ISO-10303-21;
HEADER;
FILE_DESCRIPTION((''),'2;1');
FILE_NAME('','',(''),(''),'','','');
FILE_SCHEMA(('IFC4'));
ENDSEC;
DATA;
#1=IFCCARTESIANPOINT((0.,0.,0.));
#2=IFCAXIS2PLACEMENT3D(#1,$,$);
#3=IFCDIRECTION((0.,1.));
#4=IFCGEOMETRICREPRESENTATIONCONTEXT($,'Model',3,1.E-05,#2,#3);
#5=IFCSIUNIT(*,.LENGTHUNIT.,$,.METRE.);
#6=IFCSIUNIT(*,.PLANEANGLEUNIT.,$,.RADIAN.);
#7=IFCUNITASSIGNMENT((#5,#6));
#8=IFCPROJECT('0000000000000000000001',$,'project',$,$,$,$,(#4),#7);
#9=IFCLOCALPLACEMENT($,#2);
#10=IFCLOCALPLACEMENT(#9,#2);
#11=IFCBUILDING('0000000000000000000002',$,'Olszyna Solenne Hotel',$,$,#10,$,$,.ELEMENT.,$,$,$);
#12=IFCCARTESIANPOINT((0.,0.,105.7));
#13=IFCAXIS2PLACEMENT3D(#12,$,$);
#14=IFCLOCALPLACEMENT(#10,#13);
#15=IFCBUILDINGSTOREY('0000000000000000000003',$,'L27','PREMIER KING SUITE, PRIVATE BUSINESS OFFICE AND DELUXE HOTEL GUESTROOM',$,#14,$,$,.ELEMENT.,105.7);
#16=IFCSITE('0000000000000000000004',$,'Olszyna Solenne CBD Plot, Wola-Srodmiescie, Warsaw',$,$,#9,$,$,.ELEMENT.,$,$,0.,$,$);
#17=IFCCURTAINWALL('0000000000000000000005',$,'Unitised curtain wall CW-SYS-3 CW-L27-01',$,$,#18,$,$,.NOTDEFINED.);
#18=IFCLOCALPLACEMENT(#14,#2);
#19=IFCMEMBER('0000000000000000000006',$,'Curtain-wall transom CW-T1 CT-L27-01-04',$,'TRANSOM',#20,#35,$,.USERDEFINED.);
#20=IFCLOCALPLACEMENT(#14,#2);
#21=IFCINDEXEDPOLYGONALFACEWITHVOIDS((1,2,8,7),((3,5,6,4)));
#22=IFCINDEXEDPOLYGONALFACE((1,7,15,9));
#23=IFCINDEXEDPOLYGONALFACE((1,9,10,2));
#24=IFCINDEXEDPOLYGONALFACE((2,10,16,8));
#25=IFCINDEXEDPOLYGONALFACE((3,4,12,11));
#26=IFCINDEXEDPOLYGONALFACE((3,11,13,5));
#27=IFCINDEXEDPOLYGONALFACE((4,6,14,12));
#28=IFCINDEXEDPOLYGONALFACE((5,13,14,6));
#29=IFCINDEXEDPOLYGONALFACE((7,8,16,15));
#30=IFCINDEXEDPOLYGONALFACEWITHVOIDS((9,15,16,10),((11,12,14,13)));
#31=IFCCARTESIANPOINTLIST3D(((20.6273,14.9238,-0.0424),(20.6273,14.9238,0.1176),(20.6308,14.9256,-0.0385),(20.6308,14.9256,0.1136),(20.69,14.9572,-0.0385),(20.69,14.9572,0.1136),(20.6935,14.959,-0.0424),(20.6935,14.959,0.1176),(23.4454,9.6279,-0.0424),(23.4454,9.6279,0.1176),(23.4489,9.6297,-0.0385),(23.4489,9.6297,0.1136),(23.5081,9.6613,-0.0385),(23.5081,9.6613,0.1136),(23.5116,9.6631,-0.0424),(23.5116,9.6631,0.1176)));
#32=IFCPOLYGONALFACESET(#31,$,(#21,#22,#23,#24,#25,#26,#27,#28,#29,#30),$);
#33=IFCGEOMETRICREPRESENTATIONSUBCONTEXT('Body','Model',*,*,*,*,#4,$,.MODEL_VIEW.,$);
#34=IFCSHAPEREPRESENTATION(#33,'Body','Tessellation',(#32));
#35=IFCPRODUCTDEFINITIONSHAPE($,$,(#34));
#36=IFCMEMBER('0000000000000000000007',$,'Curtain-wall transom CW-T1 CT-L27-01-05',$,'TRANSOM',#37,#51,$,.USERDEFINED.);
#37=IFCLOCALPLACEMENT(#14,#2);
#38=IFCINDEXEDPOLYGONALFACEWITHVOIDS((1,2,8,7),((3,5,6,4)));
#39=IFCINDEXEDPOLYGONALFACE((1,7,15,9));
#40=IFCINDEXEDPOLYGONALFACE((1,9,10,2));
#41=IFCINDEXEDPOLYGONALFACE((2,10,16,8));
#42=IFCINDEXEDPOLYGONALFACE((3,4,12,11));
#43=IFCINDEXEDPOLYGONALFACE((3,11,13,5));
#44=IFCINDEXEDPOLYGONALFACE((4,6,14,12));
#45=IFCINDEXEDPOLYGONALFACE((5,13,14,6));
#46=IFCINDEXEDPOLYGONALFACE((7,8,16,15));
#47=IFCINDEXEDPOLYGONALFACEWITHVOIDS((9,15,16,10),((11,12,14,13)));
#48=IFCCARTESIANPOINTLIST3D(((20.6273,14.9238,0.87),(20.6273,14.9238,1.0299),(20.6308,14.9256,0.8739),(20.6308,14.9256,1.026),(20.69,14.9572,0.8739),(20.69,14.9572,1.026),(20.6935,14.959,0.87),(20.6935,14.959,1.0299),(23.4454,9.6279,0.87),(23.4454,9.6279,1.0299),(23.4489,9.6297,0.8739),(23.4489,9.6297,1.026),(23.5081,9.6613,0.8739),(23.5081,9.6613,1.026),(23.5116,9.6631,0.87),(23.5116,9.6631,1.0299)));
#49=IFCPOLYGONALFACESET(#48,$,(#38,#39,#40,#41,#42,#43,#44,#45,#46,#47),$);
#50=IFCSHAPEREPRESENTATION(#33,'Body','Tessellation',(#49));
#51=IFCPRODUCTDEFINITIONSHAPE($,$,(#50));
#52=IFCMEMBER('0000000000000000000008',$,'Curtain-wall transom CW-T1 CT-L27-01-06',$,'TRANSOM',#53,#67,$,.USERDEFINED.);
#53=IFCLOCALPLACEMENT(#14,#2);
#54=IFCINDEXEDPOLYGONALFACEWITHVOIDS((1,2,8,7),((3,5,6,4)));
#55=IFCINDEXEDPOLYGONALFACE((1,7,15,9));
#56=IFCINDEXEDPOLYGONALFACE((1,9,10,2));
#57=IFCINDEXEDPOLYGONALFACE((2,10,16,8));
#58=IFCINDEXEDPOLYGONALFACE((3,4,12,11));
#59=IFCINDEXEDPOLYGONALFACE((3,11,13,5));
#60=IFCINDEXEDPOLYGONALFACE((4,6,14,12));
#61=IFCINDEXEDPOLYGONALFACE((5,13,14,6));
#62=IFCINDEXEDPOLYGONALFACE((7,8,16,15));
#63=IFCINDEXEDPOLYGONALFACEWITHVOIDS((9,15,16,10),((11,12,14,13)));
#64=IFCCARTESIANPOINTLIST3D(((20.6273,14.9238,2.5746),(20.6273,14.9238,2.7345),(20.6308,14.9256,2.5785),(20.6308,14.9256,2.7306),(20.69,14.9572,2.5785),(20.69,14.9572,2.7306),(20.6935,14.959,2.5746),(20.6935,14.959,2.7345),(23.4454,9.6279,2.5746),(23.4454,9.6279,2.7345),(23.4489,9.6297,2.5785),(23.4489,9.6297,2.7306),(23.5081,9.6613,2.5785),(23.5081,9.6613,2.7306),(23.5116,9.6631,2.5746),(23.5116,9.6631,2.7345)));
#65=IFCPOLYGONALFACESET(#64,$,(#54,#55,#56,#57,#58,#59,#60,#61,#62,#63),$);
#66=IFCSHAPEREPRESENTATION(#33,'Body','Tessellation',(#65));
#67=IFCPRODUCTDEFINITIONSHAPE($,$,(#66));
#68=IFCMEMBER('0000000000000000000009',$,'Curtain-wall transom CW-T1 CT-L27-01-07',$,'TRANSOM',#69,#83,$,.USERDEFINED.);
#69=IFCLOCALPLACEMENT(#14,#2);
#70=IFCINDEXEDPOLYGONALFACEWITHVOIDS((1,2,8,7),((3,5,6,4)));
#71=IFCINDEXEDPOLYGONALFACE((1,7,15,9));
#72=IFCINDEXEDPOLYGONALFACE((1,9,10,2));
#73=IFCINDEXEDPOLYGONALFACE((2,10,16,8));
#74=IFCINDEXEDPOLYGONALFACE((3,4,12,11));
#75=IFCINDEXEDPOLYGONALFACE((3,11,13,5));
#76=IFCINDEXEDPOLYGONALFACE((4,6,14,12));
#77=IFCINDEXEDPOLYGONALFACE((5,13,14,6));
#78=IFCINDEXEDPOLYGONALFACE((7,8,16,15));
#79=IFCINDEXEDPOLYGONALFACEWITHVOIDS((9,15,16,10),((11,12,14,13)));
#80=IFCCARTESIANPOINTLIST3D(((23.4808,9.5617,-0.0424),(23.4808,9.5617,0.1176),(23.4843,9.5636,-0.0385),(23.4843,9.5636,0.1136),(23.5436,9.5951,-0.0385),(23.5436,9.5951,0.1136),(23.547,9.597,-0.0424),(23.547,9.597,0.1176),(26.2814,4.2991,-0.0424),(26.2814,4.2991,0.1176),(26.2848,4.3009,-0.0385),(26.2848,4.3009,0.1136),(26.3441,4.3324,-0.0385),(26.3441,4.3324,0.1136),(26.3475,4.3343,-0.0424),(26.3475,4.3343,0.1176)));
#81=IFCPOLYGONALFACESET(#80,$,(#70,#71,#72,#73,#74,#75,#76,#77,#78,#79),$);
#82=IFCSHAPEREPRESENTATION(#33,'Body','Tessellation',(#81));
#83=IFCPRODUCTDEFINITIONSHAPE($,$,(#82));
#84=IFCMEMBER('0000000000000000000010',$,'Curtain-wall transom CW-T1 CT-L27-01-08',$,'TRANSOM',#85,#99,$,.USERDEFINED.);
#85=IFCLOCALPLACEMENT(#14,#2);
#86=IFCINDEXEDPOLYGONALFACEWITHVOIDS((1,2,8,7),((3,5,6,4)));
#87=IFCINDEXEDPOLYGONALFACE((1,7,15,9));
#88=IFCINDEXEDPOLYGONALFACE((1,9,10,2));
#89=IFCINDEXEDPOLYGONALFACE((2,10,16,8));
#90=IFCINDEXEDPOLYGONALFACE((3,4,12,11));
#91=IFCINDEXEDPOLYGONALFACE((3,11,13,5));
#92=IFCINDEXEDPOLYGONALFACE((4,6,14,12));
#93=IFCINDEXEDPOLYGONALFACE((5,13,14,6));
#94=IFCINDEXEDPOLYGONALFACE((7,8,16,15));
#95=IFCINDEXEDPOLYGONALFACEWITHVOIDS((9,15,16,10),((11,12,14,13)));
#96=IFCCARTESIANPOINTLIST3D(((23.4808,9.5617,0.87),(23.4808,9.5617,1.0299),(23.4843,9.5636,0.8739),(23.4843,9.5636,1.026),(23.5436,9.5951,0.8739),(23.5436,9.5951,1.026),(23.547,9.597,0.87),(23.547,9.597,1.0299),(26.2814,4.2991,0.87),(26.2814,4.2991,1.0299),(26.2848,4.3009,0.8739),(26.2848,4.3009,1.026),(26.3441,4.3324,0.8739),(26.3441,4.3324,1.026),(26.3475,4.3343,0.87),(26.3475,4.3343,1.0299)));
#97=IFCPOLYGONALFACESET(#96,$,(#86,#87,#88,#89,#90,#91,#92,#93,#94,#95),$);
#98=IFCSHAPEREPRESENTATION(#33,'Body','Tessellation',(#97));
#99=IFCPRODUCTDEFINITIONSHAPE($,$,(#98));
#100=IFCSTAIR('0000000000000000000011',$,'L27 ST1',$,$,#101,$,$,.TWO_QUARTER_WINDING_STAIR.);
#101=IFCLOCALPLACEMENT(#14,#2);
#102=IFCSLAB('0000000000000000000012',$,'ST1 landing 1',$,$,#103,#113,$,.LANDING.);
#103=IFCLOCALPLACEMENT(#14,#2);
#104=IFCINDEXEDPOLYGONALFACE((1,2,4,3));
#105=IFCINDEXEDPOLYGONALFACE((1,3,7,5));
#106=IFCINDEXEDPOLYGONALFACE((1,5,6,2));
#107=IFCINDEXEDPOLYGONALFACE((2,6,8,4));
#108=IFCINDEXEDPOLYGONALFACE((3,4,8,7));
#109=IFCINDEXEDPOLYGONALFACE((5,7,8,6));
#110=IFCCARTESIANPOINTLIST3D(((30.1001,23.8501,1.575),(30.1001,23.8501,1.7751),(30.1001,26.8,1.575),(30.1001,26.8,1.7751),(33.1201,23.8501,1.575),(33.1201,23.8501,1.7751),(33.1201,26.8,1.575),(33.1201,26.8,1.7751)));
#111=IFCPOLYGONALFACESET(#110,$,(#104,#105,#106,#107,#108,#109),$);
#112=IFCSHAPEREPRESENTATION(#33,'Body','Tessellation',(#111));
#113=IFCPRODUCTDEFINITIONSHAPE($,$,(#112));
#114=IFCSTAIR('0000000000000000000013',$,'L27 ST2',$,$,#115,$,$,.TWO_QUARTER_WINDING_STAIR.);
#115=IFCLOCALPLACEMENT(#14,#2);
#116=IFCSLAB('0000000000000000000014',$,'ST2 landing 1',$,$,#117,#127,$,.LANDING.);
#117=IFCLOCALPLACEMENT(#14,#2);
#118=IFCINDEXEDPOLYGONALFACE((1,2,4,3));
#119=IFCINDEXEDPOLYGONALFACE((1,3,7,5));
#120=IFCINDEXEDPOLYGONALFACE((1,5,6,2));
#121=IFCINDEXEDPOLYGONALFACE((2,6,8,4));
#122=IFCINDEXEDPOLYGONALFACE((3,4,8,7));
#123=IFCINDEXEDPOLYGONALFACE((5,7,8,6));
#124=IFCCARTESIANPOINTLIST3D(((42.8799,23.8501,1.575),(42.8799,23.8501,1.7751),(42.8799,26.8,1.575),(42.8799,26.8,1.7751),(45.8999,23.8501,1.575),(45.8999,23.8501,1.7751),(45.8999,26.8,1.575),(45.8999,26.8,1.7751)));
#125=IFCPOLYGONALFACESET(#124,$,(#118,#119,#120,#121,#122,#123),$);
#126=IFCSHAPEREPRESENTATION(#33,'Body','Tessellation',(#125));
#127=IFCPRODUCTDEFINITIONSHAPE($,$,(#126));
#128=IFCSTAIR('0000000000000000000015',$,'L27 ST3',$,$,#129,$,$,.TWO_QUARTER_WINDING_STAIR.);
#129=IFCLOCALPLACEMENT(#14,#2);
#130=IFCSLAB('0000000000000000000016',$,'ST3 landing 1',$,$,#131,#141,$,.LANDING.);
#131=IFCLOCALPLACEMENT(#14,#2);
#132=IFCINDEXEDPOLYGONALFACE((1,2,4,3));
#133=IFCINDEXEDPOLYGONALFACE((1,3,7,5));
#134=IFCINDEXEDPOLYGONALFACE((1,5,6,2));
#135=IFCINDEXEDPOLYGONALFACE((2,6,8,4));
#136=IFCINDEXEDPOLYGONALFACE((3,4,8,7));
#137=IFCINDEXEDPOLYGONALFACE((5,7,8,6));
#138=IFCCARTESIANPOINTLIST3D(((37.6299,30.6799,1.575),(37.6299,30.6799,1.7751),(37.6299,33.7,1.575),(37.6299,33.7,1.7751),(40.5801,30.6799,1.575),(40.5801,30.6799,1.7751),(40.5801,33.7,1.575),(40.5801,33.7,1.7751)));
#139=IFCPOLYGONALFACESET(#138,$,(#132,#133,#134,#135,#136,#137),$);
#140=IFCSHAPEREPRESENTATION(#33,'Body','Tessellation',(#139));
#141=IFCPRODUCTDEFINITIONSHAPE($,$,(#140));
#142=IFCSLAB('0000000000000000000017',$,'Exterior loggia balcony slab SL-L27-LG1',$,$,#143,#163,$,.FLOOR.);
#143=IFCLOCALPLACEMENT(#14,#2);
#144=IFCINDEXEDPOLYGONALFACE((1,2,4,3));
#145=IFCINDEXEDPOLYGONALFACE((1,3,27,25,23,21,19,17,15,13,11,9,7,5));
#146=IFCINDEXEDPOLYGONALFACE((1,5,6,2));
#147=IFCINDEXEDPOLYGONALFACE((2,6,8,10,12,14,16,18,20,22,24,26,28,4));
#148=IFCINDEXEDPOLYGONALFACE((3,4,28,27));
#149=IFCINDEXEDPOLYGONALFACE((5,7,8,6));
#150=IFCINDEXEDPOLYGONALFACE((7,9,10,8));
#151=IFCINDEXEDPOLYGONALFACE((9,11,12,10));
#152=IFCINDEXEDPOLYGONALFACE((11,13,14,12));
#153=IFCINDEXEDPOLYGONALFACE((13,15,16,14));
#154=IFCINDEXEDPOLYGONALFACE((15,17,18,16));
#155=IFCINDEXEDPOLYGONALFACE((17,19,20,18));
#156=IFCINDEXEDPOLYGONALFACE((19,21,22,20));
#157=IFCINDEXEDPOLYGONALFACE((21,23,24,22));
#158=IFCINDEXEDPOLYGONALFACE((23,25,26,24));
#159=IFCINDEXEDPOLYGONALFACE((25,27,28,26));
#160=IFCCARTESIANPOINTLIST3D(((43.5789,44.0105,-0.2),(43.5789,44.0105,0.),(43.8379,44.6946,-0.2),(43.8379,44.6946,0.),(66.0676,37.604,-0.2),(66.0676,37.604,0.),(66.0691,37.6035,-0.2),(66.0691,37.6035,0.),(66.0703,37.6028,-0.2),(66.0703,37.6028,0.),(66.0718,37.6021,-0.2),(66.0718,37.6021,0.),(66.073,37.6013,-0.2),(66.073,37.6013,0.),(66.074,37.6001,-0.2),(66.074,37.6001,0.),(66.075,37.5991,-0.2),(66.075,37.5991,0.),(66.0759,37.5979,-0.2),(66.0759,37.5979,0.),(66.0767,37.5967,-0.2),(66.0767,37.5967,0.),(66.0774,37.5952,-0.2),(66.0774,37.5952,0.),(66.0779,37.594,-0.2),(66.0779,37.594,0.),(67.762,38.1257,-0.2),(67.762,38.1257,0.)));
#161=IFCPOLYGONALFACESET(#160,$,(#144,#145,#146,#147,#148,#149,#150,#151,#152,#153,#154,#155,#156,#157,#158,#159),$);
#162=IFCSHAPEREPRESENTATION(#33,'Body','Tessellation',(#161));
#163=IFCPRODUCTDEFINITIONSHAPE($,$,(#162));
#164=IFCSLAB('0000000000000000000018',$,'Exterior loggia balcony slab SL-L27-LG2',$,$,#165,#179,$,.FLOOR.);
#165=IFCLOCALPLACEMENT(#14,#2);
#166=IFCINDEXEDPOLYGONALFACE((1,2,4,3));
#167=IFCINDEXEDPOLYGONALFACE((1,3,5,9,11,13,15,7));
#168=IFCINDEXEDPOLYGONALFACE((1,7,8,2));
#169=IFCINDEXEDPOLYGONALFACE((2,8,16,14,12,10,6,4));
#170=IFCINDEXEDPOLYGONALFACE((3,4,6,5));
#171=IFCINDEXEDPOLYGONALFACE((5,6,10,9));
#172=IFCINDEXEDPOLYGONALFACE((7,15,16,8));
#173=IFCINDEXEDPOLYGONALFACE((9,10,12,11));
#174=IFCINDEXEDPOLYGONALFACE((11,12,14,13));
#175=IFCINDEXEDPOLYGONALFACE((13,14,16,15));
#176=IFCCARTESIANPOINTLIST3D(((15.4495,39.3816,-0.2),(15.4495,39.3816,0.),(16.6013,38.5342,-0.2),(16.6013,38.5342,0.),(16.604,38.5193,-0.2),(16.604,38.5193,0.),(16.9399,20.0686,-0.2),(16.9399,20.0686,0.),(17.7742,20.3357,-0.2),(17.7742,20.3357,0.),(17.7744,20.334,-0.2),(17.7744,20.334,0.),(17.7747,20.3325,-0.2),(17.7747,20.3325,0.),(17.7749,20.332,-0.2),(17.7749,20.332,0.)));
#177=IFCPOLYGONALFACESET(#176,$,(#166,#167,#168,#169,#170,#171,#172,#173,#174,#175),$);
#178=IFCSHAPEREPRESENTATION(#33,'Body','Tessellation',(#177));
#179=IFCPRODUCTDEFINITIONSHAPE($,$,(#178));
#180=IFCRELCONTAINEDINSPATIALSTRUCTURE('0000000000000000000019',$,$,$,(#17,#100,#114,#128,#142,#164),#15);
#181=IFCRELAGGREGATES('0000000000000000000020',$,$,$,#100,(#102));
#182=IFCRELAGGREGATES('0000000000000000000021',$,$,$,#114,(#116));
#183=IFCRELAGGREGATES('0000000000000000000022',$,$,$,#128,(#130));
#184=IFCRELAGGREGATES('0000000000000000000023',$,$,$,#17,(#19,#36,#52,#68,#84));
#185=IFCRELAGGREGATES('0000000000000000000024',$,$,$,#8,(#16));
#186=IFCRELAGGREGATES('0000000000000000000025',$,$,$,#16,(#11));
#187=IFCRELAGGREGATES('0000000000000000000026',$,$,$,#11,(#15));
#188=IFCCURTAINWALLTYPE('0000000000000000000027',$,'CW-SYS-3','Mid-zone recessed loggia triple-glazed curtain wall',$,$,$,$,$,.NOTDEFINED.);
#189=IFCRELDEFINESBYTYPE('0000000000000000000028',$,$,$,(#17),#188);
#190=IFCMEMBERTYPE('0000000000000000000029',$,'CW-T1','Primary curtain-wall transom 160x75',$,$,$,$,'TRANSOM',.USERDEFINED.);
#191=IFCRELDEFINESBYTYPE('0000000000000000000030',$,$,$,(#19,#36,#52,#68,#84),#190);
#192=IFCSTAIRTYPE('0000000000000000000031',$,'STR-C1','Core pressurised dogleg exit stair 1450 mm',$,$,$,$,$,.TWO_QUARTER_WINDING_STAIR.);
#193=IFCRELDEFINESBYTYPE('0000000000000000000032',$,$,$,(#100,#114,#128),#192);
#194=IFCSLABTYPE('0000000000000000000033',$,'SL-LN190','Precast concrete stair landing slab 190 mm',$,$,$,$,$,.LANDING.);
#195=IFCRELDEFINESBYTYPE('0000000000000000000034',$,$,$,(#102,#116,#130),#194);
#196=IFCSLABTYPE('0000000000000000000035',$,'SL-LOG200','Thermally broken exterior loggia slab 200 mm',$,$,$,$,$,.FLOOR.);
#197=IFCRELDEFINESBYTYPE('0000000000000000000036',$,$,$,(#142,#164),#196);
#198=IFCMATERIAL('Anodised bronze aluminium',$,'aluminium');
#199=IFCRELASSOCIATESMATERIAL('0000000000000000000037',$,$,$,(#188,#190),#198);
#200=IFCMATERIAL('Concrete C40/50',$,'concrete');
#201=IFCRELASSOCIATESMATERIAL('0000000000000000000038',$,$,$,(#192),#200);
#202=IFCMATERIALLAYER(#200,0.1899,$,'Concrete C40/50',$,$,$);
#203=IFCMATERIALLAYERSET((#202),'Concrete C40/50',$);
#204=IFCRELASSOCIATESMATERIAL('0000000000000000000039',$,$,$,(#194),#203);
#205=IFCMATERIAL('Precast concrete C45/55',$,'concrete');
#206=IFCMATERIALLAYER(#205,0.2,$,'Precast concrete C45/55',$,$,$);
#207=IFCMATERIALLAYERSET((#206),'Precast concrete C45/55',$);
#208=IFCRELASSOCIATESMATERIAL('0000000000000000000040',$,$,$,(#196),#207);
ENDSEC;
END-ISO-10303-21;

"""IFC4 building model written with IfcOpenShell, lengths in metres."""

from ifc_helpers import new_model, si_unit, direction, frame, origin, origin_2d, place, context, subcontext, project, spatial, polyline, hollow_rectangle, outline, extrude, source, transform, mapped, material, layer, layer_set, material_profile, profile_set, type_object, element, aggregate, save


model = new_model("IFC4")

# Units and contexts
model_context = context("Model", 3, precision=1e-05, world=origin(), true_north=direction((0.0, 1.0)))
body_context = subcontext(model_context, "Body", "Model", "MODEL_VIEW")
ifc_project = project(units=[si_unit("LENGTHUNIT", "METRE"), si_unit("PLANEANGLEUNIT", "RADIAN")], contexts=[model_context])

# Site, building, storey
site_placement = place(None, origin())
site = spatial("IfcSite", under=ifc_project, at=site_placement, Name="Olszyna Solenne CBD Plot, Wola-Srodmiescie, Warsaw", CompositionType="ELEMENT", RefElevation=0.0)
building_placement = place(site_placement, origin())
building = spatial("IfcBuilding", under=site, at=building_placement, Name="Olszyna Solenne Hotel", CompositionType="ELEMENT")
storey_placement = place(building_placement, frame((0.0, 0.0, 105.7)))
storey = spatial("IfcBuildingStorey", under=building, at=storey_placement, Name="L27", Description="PREMIER KING SUITE, PRIVATE BUSINESS OFFICE AND DELUXE HOTEL GUESTROOM", CompositionType="ELEMENT", Elevation=105.7)

# Curtain wall, members
ifc_material_1 = material(Name="Anodised bronze aluminium", Category="aluminium")
curtain_wall_type = type_object("IfcCurtainWallType", Name="CW-SYS-3", Description="Mid-zone recessed loggia triple-glazed curtain wall", PredefinedType="NOTDEFINED", material=ifc_material_1)
curtain_wall_placement = place(storey_placement, origin())
curtain_wall = element("IfcCurtainWall", 1, at=curtain_wall_placement, inside=storey, type_object=curtain_wall_type, Name="Unitised curtain wall CW-SYS-3 CW-L27-01", PredefinedType="NOTDEFINED")
ifc_material_profile_1 = material_profile(ifc_material_1, hollow_rectangle(XDim=0.075, YDim=0.1599, WallThickness=0.0039, at=origin_2d()), Name="TRAN 160x75x4", Category="load-bearing")
ifc_profile_set_1 = profile_set([ifc_material_profile_1], Name="Anodised bronze aluminium")
member_type_1 = type_object("IfcMemberType", Name="CW-T1", Description="Primary curtain-wall transom 160x75", ElementType="TRANSOM", PredefinedType="USERDEFINED", material=ifc_profile_set_1)
shared_shape_1 = source(origin(), body_context, "Body", "SweptSolid", [
    extrude(hollow_rectangle(XDim=0.075, YDim=0.1599, WallThickness=0.0039, at=origin_2d()), origin(), (0.0, 0.0, 1.0), 5.999),
])
member_1_placement = place(storey_placement, frame((20.6604, 14.9414, 0.0376), z_axis=(0.469762, -0.882793, 0.0), x_axis=(0.882793, 0.469762, 0.0)))
member_1 = element("IfcMember", 2, at=member_1_placement, type_object=member_type_1, Name="Curtain-wall transom CW-T1 CT-L27-01-04", ObjectType="TRANSOM", PredefinedType="USERDEFINED", context=body_context, shape_type="MappedRepresentation", body=[
    mapped(shared_shape_1, transform((0.0, 0.0, 0.0), x_axis=(1.0, 0.0, 0.0), y_axis=(0.0, 1.0, 0.0), z_axis=(0.0, 0.0, 1.0), scale=1.0)),
])
member_2_placement = place(storey_placement, frame((20.6604, 14.9414, 0.95), z_axis=(0.469762, -0.882793, 0.0), x_axis=(0.882793, 0.469762, 0.0)))
member_2 = element("IfcMember", 3, at=member_2_placement, type_object=member_type_1, Name="Curtain-wall transom CW-T1 CT-L27-01-05", ObjectType="TRANSOM", PredefinedType="USERDEFINED", context=body_context, shape_type="MappedRepresentation", body=[
    mapped(shared_shape_1, transform((0.0, 0.0, 0.0), x_axis=(1.0, 0.0, 0.0), y_axis=(0.0, 1.0, 0.0), z_axis=(0.0, 0.0, 1.0), scale=1.0)),
])
member_3_placement = place(storey_placement, frame((20.6604, 14.9414, 2.6545), z_axis=(0.469762, -0.882793, 0.0), x_axis=(0.882793, 0.469762, 0.0)))
member_3 = element("IfcMember", 4, at=member_3_placement, type_object=member_type_1, Name="Curtain-wall transom CW-T1 CT-L27-01-06", ObjectType="TRANSOM", PredefinedType="USERDEFINED", context=body_context, shape_type="MappedRepresentation", body=[
    mapped(shared_shape_1, transform((0.0, 0.0, 0.0), x_axis=(1.0, 0.0, 0.0), y_axis=(0.0, 1.0, 0.0), z_axis=(0.0, 0.0, 1.0), scale=1.0)),
])
shared_shape_2 = source(origin(), body_context, "Body", "SweptSolid", [
    extrude(hollow_rectangle(XDim=0.075, YDim=0.1599, WallThickness=0.0039, at=origin_2d()), origin(), (0.0, 0.0, 1.0), 5.9614),
])
member_4_placement = place(storey_placement, frame((23.5139, 9.5793, 0.0376), z_axis=(0.469774, -0.882787, 0.0), x_axis=(0.882787, 0.469774, 0.0)))
member_4 = element("IfcMember", 5, at=member_4_placement, type_object=member_type_1, Name="Curtain-wall transom CW-T1 CT-L27-01-07", ObjectType="TRANSOM", PredefinedType="USERDEFINED", context=body_context, shape_type="MappedRepresentation", body=[
    mapped(shared_shape_2, transform((0.0, 0.0, 0.0), x_axis=(1.0, 0.0, 0.0), y_axis=(0.0, 1.0, 0.0), z_axis=(0.0, 0.0, 1.0), scale=1.0)),
])
member_5_placement = place(storey_placement, frame((23.5139, 9.5793, 0.95), z_axis=(0.469774, -0.882787, 0.0), x_axis=(0.882787, 0.469774, 0.0)))
member_5 = element("IfcMember", 6, at=member_5_placement, type_object=member_type_1, Name="Curtain-wall transom CW-T1 CT-L27-01-08", ObjectType="TRANSOM", PredefinedType="USERDEFINED", context=body_context, shape_type="MappedRepresentation", body=[
    mapped(shared_shape_2, transform((0.0, 0.0, 0.0), x_axis=(1.0, 0.0, 0.0), y_axis=(0.0, 1.0, 0.0), z_axis=(0.0, 0.0, 1.0), scale=1.0)),
])

# Stairs, slabs
ifc_material_2 = material(Name="Concrete C40/50", Category="concrete")
stair_type = type_object("IfcStairType", Name="STR-C1", Description="Core pressurised dogleg exit stair 1450 mm", PredefinedType="TWO_QUARTER_WINDING_STAIR", material=ifc_material_2)
stair_1_placement = place(storey_placement, origin())
stair_1 = element("IfcStair", 7, at=stair_1_placement, inside=storey, type_object=stair_type, Name="L27 ST1", PredefinedType="TWO_QUARTER_WINDING_STAIR")
ifc_layer_1 = layer(ifc_material_2, 0.1899, Name="Concrete C40/50")
ifc_layer_set_1 = layer_set([ifc_layer_1], Name="Concrete C40/50")
slab_type_1 = type_object("IfcSlabType", Name="SL-LN190", Description="Precast concrete stair landing slab 190 mm", PredefinedType="LANDING", material=ifc_layer_set_1)
slab_1_placement = place(storey_placement, frame((0.0, 0.0, 1.575)))
slab_1 = element("IfcSlab", 8, at=slab_1_placement, type_object=slab_type_1, Name="ST1 landing 1", PredefinedType="LANDING", context=body_context, shape_type="SweptSolid", body=[
    extrude(outline(polyline([(33.1201, 23.8501), (33.1201, 26.8), (30.1001, 26.8), (30.1001, 23.8501), (33.1201, 23.8501)])), origin(), (0.0, 0.0, 1.0), 0.2002),
])
aggregate(stair_1, [slab_1])
stair_2_placement = place(storey_placement, origin())
stair_2 = element("IfcStair", 9, at=stair_2_placement, inside=storey, type_object=stair_type, Name="L27 ST2", PredefinedType="TWO_QUARTER_WINDING_STAIR")
slab_2_placement = place(storey_placement, frame((0.0, 0.0, 1.575)))
slab_2 = element("IfcSlab", 10, at=slab_2_placement, type_object=slab_type_1, Name="ST2 landing 1", PredefinedType="LANDING", context=body_context, shape_type="SweptSolid", body=[
    extrude(outline(polyline([(45.8999, 23.8501), (45.8999, 26.8), (42.8799, 26.8), (42.8799, 23.8501), (45.8999, 23.8501)])), origin(), (0.0, 0.0, 1.0), 0.2002),
])
aggregate(stair_2, [slab_2])
stair_3_placement = place(storey_placement, origin())
stair_3 = element("IfcStair", 11, at=stair_3_placement, inside=storey, type_object=stair_type, Name="L27 ST3", PredefinedType="TWO_QUARTER_WINDING_STAIR")
slab_3_placement = place(storey_placement, frame((0.0, 0.0, 1.575)))
slab_3 = element("IfcSlab", 12, at=slab_3_placement, type_object=slab_type_1, Name="ST3 landing 1", PredefinedType="LANDING", context=body_context, shape_type="SweptSolid", body=[
    extrude(outline(polyline([(37.6299, 30.6799), (40.5801, 30.6799), (40.5801, 33.7), (37.6299, 33.7), (37.6299, 30.6799)])), origin(), (0.0, 0.0, 1.0), 0.2002),
])
aggregate(stair_3, [slab_3])

# Slabs
ifc_material_3 = material(Name="Precast concrete C45/55", Category="concrete")
ifc_layer_2 = layer(ifc_material_3, 0.2, Name="Precast concrete C45/55")
ifc_layer_set_2 = layer_set([ifc_layer_2], Name="Precast concrete C45/55")
slab_type_2 = type_object("IfcSlabType", Name="SL-LOG200", Description="Thermally broken exterior loggia slab 200 mm", PredefinedType="FLOOR", material=ifc_layer_set_2)
slab_4_placement = place(storey_placement, frame((0.0, 0.0, -0.2)))
element("IfcSlab", 13, at=slab_4_placement, inside=storey, type_object=slab_type_2, Name="Exterior loggia balcony slab SL-L27-LG1", PredefinedType="FLOOR", context=body_context, shape_type="SweptSolid", body=[
    extrude(outline(polyline([(43.5789, 44.0105), (66.0676, 37.604), (66.0691, 37.6035), (66.0703, 37.6028), (66.0718, 37.6021), (66.073, 37.6013), (66.074, 37.6001), (66.075, 37.5991), (66.0759, 37.5979), (66.0767, 37.5967), (66.0774, 37.5952), (66.0779, 37.594), (67.762, 38.1257), (43.8379, 44.6946), (43.5789, 44.0105)])), origin(), (0.0, 0.0, 1.0), 0.2),
])
slab_5_placement = place(storey_placement, frame((0.0, 0.0, -0.2)))
element("IfcSlab", 14, at=slab_5_placement, inside=storey, type_object=slab_type_2, Name="Exterior loggia balcony slab SL-L27-LG2", PredefinedType="FLOOR", context=body_context, shape_type="SweptSolid", body=[
    extrude(outline(polyline([(17.7749, 20.332), (17.7747, 20.3325), (17.7744, 20.334), (17.7742, 20.3357), (16.604, 38.5193), (16.6013, 38.5342), (15.4495, 39.3816), (16.9399, 20.0686), (17.7749, 20.332)])), origin(), (0.0, 0.0, 1.0), 0.2),
])

aggregate(curtain_wall, [member_1, member_2, member_3, member_4, member_5])

save(model, "model.ifc")
